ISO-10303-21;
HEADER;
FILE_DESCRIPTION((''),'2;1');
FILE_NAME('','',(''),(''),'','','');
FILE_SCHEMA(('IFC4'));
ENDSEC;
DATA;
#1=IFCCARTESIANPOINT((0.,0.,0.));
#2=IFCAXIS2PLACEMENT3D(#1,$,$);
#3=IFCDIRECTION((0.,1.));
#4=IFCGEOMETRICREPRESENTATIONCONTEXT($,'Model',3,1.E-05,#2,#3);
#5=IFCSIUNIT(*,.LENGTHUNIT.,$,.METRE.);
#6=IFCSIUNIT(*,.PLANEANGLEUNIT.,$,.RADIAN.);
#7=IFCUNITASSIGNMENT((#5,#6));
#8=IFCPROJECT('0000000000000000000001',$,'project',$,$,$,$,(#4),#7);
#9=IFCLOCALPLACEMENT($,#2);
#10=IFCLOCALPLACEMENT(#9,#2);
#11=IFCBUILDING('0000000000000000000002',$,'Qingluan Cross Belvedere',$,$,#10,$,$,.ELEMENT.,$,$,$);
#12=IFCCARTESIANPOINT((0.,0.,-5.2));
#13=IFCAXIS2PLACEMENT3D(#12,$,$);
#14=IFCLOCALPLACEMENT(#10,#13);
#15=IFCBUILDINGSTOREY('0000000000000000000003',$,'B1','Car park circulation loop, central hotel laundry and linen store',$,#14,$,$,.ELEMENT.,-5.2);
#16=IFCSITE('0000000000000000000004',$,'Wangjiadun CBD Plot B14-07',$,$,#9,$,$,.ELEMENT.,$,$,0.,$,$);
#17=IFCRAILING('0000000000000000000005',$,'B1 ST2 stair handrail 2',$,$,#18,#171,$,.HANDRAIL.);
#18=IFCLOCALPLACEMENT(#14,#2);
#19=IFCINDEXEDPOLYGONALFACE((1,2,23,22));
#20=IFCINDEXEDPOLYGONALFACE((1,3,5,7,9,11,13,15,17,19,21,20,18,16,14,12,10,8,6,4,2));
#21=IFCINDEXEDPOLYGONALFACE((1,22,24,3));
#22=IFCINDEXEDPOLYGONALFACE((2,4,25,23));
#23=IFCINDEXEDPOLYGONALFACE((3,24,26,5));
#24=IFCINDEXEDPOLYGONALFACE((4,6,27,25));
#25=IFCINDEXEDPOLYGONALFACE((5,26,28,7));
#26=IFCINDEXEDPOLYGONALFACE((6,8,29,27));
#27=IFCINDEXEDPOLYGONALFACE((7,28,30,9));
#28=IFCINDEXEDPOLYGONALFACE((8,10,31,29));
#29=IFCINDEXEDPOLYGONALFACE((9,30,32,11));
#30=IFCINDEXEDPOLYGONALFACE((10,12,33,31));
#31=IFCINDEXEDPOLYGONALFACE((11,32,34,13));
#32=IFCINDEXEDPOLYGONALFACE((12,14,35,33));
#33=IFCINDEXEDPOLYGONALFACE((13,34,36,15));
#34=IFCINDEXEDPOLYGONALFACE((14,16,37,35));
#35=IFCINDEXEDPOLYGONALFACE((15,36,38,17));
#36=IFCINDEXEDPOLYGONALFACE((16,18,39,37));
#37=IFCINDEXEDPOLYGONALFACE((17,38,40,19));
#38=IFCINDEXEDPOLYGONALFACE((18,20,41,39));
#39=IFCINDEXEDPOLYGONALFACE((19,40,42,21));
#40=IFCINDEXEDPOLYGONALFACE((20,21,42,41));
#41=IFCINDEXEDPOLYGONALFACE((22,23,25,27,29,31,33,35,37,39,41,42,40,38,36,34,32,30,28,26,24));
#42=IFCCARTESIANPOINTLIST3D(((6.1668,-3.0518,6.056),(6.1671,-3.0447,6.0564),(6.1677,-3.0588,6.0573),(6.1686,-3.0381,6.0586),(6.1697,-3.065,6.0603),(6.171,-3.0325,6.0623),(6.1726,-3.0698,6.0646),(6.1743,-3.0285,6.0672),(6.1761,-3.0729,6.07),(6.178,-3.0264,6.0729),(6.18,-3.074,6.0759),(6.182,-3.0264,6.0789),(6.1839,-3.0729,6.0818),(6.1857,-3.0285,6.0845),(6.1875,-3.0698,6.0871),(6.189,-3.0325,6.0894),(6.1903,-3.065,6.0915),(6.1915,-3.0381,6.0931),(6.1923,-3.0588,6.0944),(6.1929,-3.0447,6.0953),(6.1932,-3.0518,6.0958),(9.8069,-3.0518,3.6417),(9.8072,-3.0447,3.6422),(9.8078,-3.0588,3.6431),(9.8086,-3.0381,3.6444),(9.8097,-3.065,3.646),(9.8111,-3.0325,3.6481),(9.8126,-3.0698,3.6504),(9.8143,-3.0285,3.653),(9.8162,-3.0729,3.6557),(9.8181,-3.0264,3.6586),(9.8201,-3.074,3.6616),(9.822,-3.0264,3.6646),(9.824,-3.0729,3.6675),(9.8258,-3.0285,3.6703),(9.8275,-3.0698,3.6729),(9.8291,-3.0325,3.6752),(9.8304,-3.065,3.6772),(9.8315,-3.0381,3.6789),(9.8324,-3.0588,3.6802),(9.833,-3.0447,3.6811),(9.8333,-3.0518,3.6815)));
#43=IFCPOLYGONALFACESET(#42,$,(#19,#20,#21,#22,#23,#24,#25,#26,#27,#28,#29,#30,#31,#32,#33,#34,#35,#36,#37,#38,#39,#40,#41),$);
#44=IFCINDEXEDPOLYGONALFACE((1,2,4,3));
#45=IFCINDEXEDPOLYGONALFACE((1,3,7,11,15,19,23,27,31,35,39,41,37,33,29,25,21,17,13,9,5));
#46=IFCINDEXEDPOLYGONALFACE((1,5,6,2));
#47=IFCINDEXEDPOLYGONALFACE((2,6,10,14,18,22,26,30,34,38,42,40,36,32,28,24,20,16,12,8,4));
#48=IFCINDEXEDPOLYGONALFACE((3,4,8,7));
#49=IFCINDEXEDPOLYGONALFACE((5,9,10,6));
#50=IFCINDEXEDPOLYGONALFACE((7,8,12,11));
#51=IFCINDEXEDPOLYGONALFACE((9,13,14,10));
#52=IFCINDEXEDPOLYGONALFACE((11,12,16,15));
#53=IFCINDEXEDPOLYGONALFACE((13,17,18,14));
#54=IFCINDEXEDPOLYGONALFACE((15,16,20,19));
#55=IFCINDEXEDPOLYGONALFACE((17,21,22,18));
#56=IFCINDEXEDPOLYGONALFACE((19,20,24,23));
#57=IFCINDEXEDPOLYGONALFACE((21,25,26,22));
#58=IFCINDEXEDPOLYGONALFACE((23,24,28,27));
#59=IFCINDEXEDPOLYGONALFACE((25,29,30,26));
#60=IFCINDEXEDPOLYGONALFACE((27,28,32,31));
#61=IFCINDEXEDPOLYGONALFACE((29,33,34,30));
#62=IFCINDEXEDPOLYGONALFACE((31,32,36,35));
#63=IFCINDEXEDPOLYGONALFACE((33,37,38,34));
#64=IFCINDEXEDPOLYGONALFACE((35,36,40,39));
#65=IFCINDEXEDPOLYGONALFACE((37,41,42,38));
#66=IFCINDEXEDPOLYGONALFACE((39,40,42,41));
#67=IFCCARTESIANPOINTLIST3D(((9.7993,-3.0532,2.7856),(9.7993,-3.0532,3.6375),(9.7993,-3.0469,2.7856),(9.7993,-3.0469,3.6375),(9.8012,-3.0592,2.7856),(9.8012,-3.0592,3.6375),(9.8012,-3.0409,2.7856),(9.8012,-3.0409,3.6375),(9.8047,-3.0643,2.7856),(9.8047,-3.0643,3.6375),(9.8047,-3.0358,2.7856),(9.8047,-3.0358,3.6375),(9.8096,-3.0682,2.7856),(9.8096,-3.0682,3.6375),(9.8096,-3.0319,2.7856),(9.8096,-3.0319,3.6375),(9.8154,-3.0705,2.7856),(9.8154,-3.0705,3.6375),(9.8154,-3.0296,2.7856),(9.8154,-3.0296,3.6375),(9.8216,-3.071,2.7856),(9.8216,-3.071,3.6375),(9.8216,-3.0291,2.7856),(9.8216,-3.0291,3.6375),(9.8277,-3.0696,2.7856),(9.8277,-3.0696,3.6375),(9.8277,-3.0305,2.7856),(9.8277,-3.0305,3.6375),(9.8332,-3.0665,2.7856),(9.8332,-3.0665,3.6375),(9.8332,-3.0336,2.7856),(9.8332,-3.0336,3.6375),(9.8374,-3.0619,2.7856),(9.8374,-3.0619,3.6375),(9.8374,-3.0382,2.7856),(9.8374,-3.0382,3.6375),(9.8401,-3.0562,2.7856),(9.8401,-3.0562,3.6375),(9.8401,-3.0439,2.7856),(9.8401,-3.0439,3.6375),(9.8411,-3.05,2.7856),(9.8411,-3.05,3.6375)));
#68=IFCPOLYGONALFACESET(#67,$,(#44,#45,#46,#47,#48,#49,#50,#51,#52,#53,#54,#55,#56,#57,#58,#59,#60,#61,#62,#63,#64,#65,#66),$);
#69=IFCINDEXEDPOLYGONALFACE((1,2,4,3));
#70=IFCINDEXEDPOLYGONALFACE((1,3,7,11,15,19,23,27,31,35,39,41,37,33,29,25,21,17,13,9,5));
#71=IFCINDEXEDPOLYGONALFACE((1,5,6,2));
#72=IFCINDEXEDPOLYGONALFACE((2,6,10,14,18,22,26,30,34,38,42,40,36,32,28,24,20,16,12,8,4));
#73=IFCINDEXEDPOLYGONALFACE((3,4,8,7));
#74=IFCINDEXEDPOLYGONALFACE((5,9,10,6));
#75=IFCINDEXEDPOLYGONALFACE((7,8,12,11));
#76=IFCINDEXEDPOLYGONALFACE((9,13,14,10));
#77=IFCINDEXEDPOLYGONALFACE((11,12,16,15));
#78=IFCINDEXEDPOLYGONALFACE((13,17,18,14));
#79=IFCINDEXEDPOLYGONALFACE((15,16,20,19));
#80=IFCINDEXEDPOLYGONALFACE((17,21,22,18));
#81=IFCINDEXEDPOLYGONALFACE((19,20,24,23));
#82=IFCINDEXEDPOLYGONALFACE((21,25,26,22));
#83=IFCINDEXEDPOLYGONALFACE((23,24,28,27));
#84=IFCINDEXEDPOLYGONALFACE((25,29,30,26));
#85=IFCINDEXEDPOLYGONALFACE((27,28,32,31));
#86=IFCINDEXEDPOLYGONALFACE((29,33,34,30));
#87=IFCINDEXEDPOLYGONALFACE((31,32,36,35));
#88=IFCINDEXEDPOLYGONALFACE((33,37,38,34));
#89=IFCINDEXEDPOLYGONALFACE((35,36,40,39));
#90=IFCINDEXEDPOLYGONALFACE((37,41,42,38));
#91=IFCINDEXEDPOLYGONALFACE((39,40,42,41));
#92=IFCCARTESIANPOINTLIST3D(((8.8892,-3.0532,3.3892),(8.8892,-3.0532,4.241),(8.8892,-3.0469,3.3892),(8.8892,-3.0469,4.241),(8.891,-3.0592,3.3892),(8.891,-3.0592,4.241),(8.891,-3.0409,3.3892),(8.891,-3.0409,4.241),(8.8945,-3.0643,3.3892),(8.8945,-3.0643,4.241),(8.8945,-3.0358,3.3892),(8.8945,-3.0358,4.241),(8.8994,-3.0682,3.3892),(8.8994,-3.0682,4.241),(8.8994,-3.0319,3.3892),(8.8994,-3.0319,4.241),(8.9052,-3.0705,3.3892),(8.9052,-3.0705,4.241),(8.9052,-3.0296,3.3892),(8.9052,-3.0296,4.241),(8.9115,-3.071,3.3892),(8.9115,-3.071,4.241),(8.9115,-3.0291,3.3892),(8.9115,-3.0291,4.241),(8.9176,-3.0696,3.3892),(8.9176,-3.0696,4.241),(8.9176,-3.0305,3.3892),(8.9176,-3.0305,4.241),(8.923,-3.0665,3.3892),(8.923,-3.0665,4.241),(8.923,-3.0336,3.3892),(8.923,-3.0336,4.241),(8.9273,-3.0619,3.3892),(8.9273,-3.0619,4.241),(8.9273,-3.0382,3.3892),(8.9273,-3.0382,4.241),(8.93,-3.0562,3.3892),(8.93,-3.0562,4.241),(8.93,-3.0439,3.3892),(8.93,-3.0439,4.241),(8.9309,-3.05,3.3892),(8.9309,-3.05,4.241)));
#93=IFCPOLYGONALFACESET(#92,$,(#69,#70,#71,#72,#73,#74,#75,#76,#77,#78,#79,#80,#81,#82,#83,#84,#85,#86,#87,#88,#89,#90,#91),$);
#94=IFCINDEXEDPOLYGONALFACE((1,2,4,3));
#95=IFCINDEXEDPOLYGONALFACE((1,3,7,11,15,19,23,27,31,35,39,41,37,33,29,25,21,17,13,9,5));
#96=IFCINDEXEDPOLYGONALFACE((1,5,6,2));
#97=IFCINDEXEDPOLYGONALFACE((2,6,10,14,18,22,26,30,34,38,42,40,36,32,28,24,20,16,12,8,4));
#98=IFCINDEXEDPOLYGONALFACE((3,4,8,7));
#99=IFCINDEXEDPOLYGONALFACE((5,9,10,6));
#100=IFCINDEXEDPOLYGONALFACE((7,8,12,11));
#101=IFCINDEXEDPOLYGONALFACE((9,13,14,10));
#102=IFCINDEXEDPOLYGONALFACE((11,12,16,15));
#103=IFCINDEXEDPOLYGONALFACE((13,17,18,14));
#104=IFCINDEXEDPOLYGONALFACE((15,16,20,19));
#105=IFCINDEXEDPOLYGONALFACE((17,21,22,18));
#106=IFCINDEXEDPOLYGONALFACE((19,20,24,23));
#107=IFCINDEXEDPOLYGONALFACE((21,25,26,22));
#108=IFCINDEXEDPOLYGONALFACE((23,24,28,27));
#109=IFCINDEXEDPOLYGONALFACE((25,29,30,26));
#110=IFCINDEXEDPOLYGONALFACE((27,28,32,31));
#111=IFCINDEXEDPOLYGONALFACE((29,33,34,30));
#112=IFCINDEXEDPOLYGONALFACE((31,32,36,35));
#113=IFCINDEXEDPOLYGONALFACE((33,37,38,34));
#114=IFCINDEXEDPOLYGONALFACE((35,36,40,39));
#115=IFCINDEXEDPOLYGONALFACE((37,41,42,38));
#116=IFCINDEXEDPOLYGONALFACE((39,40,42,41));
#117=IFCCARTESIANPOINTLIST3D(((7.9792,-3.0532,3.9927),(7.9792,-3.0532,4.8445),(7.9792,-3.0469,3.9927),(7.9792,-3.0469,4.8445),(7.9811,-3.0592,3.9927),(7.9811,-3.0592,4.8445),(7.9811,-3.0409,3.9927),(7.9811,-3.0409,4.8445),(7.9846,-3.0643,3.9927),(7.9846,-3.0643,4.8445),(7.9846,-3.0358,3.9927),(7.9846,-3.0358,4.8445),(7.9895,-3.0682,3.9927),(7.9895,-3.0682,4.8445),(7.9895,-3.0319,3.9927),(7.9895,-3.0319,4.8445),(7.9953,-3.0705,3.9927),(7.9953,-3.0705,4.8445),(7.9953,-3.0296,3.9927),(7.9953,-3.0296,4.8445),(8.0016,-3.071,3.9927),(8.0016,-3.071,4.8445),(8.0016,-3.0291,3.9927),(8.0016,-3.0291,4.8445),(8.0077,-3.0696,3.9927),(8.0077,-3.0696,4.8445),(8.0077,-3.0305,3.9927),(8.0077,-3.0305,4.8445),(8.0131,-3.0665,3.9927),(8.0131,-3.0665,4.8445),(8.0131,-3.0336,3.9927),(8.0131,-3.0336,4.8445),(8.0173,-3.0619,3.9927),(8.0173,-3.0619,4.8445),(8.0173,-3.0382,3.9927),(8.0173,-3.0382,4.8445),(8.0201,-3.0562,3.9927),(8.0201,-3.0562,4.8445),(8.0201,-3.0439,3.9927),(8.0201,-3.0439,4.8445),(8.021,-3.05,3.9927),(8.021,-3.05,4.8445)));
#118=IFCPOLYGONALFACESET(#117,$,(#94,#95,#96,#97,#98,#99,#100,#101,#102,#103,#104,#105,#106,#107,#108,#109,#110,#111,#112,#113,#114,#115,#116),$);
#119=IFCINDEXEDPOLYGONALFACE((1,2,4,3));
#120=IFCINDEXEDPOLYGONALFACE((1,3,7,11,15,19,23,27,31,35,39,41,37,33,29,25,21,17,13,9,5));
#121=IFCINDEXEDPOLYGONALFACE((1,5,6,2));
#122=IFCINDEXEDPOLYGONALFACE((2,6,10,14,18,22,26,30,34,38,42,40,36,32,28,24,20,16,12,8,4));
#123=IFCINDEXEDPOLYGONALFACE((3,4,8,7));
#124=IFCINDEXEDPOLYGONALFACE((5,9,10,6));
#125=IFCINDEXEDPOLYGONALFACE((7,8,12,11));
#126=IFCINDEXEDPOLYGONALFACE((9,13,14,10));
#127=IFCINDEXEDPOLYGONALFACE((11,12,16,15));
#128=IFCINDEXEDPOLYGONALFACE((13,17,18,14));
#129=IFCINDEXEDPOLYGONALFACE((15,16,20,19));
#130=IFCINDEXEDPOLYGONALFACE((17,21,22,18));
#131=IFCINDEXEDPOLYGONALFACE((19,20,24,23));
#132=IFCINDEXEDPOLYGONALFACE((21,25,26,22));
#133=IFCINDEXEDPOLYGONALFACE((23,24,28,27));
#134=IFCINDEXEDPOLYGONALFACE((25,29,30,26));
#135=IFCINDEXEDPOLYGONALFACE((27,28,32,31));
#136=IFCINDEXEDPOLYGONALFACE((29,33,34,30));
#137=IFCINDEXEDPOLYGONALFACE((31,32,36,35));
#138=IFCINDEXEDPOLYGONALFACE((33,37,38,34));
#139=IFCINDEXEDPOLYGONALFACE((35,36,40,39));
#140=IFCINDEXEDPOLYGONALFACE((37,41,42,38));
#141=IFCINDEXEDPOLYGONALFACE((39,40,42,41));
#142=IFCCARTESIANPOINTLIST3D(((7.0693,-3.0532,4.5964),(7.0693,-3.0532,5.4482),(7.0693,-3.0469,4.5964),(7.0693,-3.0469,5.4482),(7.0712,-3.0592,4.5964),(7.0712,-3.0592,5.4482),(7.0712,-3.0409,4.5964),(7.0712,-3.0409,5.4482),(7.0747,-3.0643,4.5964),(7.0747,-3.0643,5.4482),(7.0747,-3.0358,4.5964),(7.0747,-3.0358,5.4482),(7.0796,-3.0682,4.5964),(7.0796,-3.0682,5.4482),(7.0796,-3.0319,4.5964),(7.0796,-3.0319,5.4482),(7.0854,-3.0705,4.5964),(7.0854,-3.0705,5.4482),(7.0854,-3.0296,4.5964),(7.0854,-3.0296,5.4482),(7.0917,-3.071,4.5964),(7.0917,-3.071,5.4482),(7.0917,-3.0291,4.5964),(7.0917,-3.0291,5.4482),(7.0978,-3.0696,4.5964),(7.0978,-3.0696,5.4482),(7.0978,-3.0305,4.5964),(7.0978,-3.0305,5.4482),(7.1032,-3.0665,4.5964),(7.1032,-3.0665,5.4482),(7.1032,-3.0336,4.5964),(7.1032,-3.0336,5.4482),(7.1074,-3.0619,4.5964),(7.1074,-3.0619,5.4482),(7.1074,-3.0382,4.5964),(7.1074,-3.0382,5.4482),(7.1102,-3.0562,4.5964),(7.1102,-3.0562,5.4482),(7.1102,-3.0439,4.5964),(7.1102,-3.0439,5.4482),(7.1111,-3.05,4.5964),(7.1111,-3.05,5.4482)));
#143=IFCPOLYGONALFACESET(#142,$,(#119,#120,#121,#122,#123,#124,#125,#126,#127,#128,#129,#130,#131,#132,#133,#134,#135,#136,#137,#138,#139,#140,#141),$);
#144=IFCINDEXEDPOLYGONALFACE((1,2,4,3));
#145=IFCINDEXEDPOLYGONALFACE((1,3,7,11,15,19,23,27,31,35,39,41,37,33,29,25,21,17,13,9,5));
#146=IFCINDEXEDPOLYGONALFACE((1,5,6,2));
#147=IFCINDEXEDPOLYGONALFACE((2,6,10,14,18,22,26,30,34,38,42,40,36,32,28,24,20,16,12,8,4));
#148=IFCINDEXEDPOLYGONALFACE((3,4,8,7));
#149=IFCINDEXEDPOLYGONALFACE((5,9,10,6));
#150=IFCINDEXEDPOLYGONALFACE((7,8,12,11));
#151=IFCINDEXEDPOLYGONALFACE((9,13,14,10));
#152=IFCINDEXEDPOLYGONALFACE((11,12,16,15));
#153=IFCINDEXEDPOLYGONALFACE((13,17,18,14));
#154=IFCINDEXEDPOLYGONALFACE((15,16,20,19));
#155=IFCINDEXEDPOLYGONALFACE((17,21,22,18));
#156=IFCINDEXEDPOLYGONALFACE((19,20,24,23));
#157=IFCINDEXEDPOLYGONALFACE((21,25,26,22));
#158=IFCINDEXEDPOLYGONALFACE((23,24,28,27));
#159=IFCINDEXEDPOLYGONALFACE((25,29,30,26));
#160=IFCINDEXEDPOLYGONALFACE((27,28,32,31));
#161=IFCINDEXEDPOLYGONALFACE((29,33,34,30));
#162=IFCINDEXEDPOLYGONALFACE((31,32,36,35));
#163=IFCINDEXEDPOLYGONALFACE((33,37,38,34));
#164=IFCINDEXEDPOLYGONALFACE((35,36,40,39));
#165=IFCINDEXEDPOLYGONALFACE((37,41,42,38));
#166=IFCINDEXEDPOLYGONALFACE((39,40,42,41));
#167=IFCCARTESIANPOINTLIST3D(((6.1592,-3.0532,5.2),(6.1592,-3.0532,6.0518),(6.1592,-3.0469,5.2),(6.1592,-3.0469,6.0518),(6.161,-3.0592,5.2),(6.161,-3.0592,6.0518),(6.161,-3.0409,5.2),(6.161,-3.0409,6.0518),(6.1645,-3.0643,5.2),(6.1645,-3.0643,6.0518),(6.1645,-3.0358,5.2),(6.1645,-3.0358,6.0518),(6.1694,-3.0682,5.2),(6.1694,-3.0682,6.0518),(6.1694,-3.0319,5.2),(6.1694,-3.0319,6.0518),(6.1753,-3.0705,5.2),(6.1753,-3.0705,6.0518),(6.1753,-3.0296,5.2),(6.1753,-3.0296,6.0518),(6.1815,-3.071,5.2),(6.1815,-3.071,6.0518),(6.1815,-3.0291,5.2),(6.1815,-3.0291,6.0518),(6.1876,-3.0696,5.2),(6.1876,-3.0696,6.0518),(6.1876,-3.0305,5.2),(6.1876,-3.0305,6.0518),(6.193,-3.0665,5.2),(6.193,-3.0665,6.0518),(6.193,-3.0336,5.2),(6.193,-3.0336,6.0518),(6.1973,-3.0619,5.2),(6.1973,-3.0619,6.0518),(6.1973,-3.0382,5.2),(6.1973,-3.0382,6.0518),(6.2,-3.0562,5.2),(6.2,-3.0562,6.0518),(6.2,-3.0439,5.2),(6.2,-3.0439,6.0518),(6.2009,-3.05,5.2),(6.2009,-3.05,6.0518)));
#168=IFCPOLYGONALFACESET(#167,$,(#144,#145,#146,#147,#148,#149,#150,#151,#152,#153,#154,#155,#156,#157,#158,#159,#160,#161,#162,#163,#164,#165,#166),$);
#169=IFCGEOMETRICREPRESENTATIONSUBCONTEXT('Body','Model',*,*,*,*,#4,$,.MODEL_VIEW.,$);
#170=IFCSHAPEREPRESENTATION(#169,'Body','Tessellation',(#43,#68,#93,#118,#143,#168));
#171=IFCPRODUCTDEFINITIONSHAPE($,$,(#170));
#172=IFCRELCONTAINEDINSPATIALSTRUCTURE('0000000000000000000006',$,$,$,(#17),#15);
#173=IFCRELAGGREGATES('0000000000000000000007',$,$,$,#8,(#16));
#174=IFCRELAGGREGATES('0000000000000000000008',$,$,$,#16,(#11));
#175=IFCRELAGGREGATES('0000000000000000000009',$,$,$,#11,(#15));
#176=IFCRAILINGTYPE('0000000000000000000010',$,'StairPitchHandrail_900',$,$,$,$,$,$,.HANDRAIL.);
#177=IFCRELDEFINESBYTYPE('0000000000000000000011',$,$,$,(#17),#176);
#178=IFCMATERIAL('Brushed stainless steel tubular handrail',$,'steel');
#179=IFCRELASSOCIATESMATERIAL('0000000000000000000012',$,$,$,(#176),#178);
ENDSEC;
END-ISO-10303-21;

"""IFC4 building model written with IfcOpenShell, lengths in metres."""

from ifc_helpers import new_model, si_unit, direction, frame, origin, origin_2d, place, context, subcontext, project, spatial, circle, extrude, material, type_object, element, save


model = new_model("IFC4")

# Units and contexts
model_context = context("Model", 3, precision=1e-05, world=origin(), true_north=direction((0.0, 1.0)))
body_context = subcontext(model_context, "Body", "Model", "MODEL_VIEW")
ifc_project = project(units=[si_unit("LENGTHUNIT", "METRE"), si_unit("PLANEANGLEUNIT", "RADIAN")], contexts=[model_context])

# Site, building, storey
site_placement = place(None, origin())
site = spatial("IfcSite", under=ifc_project, at=site_placement, Name="Wangjiadun CBD Plot B14-07", CompositionType="ELEMENT", RefElevation=0.0)
building_placement = place(site_placement, origin())
building = spatial("IfcBuilding", under=site, at=building_placement, Name="Qingluan Cross Belvedere", CompositionType="ELEMENT")
storey_placement = place(building_placement, frame((0.0, 0.0, -5.2)))
storey = spatial("IfcBuildingStorey", under=building, at=storey_placement, Name="B1", Description="Car park circulation loop, central hotel laundry and linen store", CompositionType="ELEMENT", Elevation=-5.2)

# Railing
ifc_material_1 = material(Name="Brushed stainless steel tubular handrail", Category="steel")
railing_type_1 = type_object("IfcRailingType", Name="StairPitchHandrail_900", PredefinedType="HANDRAIL", material=ifc_material_1)
railing_1_placement = place(storey_placement, frame((9.8201, -3.05, 2.7856)))
element("IfcRailing", 1, at=railing_1_placement, inside=storey, type_object=railing_type_1, Name="B1 ST2 stair handrail 2", PredefinedType="HANDRAIL", context=body_context, shape_type="SweptSolid", body=[
    extrude(circle(Radius=0.0239, at=origin_2d()), frame((0.0, 0.0, 0.876), z_axis=(-0.833364, 0.0, 0.552725), x_axis=(0.0, -1.0, 0.0)), (0.0, 0.0, 1.0), 4.3679),
    extrude(circle(Radius=0.021, at=origin_2d()), origin(), (0.0, 0.0, 1.0), 0.8518),
    extrude(circle(Radius=0.021, at=origin_2d()), frame((-0.9102, 0.0, 0.6035)), (0.0, 0.0, 1.0), 0.8518),
    extrude(circle(Radius=0.021, at=origin_2d()), frame((-1.8201, 0.0, 1.207)), (0.0, 0.0, 1.0), 0.8518),
    extrude(circle(Radius=0.021, at=origin_2d()), frame((-2.73, 0.0, 1.8108)), (0.0, 0.0, 1.0), 0.8518),
    extrude(circle(Radius=0.021, at=origin_2d()), frame((-3.6401, 0.0, 2.4143)), (0.0, 0.0, 1.0), 0.8518),
])

save(model, "model.ifc")
